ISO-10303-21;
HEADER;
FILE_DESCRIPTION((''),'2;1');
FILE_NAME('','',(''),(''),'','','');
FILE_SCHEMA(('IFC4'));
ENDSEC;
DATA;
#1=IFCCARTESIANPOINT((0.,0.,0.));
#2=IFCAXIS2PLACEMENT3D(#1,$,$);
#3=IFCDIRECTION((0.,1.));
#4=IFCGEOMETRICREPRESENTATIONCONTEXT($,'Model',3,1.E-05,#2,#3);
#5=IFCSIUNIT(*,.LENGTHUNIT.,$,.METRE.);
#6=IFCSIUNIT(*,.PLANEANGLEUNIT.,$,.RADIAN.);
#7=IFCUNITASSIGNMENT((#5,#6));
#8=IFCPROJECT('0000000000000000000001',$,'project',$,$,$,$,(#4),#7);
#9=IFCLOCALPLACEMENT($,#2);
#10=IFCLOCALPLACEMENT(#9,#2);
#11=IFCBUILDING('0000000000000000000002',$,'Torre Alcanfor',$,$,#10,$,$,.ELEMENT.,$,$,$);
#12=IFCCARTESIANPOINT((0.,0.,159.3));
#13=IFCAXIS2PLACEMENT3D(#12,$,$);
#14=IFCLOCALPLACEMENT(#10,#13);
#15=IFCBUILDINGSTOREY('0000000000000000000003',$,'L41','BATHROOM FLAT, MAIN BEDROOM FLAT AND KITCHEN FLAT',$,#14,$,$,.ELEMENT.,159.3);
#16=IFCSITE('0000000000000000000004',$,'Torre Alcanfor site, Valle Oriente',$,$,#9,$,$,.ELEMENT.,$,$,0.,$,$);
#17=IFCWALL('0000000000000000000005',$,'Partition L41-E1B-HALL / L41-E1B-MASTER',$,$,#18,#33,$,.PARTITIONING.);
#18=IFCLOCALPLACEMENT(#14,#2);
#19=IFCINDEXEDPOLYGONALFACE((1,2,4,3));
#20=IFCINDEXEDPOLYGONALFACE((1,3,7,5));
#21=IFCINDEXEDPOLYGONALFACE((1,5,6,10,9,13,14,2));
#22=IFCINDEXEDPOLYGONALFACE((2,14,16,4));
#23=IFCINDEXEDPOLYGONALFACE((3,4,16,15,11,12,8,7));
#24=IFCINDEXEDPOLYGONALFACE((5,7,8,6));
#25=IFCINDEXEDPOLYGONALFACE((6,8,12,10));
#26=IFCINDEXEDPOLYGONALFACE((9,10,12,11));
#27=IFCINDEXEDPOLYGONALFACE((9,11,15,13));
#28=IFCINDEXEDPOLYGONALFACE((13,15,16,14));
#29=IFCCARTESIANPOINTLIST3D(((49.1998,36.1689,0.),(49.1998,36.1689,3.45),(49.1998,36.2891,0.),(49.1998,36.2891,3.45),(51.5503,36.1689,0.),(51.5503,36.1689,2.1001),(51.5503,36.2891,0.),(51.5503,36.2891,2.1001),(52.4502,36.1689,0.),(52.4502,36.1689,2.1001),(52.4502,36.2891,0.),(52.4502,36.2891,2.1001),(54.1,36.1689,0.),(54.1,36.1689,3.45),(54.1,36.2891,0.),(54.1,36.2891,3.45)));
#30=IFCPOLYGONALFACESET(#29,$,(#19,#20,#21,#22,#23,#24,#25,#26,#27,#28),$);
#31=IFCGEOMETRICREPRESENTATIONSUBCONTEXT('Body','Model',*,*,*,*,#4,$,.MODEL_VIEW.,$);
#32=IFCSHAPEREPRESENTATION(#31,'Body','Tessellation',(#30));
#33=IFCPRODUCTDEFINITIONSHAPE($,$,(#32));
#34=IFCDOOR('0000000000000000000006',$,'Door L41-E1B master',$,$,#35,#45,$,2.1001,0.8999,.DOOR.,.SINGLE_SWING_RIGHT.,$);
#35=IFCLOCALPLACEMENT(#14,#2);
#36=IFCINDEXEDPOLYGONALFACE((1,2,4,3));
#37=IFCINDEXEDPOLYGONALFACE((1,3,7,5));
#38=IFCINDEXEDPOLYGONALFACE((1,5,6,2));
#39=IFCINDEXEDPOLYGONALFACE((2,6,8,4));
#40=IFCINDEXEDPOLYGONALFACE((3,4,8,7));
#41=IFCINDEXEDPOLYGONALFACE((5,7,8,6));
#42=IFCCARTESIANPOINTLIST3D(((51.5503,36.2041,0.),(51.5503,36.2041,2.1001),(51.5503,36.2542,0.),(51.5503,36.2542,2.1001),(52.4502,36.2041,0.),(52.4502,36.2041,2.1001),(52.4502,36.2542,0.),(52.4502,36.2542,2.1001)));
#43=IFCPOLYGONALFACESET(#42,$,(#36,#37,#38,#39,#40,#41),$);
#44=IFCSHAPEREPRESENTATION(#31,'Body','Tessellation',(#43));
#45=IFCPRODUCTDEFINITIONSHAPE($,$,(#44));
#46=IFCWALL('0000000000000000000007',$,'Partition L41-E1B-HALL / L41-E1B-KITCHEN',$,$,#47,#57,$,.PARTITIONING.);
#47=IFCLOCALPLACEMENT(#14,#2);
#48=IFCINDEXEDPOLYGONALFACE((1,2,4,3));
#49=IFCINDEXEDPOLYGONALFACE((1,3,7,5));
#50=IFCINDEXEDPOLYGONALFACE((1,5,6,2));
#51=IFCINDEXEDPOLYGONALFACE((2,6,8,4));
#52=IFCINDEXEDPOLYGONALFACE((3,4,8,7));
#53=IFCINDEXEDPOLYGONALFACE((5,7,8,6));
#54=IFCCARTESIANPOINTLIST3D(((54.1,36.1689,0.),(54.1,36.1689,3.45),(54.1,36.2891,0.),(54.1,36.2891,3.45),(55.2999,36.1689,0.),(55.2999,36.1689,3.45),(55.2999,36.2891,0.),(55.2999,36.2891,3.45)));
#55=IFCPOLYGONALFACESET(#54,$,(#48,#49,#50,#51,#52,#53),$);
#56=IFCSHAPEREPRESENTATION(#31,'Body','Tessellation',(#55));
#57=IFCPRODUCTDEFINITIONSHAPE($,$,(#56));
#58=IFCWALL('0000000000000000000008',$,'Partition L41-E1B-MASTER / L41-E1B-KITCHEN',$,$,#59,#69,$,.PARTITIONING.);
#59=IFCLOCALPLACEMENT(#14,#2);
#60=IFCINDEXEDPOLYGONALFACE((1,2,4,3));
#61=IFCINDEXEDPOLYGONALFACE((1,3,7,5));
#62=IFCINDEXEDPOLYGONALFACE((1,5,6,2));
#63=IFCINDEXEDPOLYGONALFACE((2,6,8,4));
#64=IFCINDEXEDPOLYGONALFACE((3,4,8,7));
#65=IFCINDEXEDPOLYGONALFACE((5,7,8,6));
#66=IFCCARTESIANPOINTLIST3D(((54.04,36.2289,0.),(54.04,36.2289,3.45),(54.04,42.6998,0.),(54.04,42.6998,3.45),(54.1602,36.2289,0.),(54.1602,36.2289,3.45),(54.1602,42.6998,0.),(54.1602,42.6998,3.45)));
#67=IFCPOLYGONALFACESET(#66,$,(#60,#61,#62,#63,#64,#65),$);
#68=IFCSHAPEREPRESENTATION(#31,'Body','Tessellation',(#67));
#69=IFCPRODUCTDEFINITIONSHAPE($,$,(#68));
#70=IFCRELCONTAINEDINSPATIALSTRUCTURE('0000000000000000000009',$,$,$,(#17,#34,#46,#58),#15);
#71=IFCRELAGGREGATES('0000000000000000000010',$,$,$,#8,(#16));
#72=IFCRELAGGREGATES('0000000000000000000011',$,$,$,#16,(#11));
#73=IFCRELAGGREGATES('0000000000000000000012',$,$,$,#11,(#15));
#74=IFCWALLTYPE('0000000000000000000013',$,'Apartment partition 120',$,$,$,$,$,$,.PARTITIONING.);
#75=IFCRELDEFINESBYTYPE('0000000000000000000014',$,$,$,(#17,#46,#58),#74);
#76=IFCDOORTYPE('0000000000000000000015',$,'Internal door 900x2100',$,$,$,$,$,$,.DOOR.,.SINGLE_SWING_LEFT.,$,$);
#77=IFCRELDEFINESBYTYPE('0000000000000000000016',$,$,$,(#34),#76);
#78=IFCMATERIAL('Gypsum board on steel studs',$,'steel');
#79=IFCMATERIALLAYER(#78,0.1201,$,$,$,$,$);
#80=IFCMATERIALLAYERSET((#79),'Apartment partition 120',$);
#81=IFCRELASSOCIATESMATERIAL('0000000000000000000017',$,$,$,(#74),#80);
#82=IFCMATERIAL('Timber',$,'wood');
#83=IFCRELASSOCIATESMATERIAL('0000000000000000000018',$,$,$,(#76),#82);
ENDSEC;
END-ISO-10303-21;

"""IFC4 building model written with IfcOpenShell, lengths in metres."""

from ifc_helpers import new_model, si_unit, direction, frame, frame_2d, origin, place, context, subcontext, project, spatial, rectangle, extrude, material, layer, layer_set, type_object, element, fill, save


model = new_model("IFC4")

# Units and contexts
model_context = context("Model", 3, precision=1e-05, world=origin(), true_north=direction((0.0, 1.0)))
body_context = subcontext(model_context, "Body", "Model", "MODEL_VIEW")
ifc_project = project(units=[si_unit("LENGTHUNIT", "METRE"), si_unit("PLANEANGLEUNIT", "RADIAN")], contexts=[model_context])

# Site, building, storey
site_placement = place(None, origin())
site = spatial("IfcSite", under=ifc_project, at=site_placement, Name="Torre Alcanfor site, Valle Oriente", CompositionType="ELEMENT", RefElevation=0.0)
building_placement = place(site_placement, origin())
building = spatial("IfcBuilding", under=site, at=building_placement, Name="Torre Alcanfor", CompositionType="ELEMENT")
storey_placement = place(building_placement, frame((0.0, 0.0, 159.3)))
storey = spatial("IfcBuildingStorey", under=building, at=storey_placement, Name="L41", Description="BATHROOM FLAT, MAIN BEDROOM FLAT AND KITCHEN FLAT", CompositionType="ELEMENT", Elevation=159.3)

# Wall, opening, door
ifc_material_1 = material(Name="Gypsum board on steel studs", Category="steel")
ifc_layer_1 = layer(ifc_material_1, 0.1201)
ifc_layer_set_1 = layer_set([ifc_layer_1], Name="Apartment partition 120")
wall_type_1 = type_object("IfcWallType", Name="Apartment partition 120", PredefinedType="PARTITIONING", material=ifc_layer_set_1)
wall_1_placement = place(storey_placement, frame((54.1001, 36.229, 0.0), z_axis=(0.0, 0.0, 1.0), x_axis=(-1.0, 0.0, 0.0)))
wall_1 = element("IfcWall", 1, at=wall_1_placement, inside=storey, type_object=wall_type_1, Name="Partition L41-E1B-HALL / L41-E1B-MASTER", PredefinedType="PARTITIONING", context=body_context, shape_type="SweptSolid", body=[
    extrude(rectangle(XDim=4.9001, YDim=0.1201, at=frame_2d((2.4502, 0.0))), origin(), (0.0, 0.0, 1.0), 3.45),
])
opening_1_placement = place(wall_1_placement, frame((1.6499, 0.0, 0.0)))
opening_1 = element("IfcOpeningElement", 2, at=opening_1_placement, cuts=wall_1, PredefinedType="OPENING", context=body_context, shape_type="SweptSolid", body=[
    extrude(rectangle(XDim=0.8999, YDim=2.1001, at=frame_2d((0.45, 1.05))), frame((0.0, 0.0701, 0.0), z_axis=(0.0, -1.0, 0.0), x_axis=(1.0, 0.0, 0.0)), (0.0, 0.0, 1.0), 0.1401),
])
ifc_material_2 = material(Name="Timber", Category="wood")
door_type_1 = type_object("IfcDoorType", Name="Internal door 900x2100", OperationType="SINGLE_SWING_LEFT", PredefinedType="DOOR", material=ifc_material_2)
door_1_placement = place(opening_1_placement, frame((0.8999, 0.0, 0.0), z_axis=(0.0, 0.0, 1.0), x_axis=(-1.0, 0.0, 0.0)))
door_1 = element("IfcDoor", 3, at=door_1_placement, inside=storey, type_object=door_type_1, Name="Door L41-E1B master", OperationType="SINGLE_SWING_RIGHT", OverallHeight=2.1001, OverallWidth=0.8999, PredefinedType="DOOR", context=body_context, shape_type="SweptSolid", body=[
    extrude(rectangle(XDim=0.8999, YDim=2.1001, at=frame_2d((0.45, 1.05))), frame((0.0, 0.0251, 0.0), z_axis=(0.0, -1.0, 0.0), x_axis=(1.0, 0.0, 0.0)), (0.0, 0.0, 1.0), 0.05),
])
fill(opening_1, door_1)

# Walls
wall_2_placement = place(storey_placement, frame((55.3, 36.229, 0.0), z_axis=(0.0, 0.0, 1.0), x_axis=(-1.0, 0.0, 0.0)))
element("IfcWall", 4, at=wall_2_placement, inside=storey, type_object=wall_type_1, Name="Partition L41-E1B-HALL / L41-E1B-KITCHEN", PredefinedType="PARTITIONING", context=body_context, shape_type="SweptSolid", body=[
    extrude(rectangle(XDim=1.2, YDim=0.1201, at=frame_2d((0.6001, 0.0))), origin(), (0.0, 0.0, 1.0), 3.45),
])
wall_3_placement = place(storey_placement, frame((54.1001, 36.229, 0.0), z_axis=(0.0, 0.0, 1.0), x_axis=(0.0, 1.0, 0.0)))
element("IfcWall", 5, at=wall_3_placement, inside=storey, type_object=wall_type_1, Name="Partition L41-E1B-MASTER / L41-E1B-KITCHEN", PredefinedType="PARTITIONING", context=body_context, shape_type="SweptSolid", body=[
    extrude(rectangle(XDim=6.4709, YDim=0.1201, at=frame_2d((3.2354, 0.0))), origin(), (0.0, 0.0, 1.0), 3.45),
])

save(model, "model.ifc")
